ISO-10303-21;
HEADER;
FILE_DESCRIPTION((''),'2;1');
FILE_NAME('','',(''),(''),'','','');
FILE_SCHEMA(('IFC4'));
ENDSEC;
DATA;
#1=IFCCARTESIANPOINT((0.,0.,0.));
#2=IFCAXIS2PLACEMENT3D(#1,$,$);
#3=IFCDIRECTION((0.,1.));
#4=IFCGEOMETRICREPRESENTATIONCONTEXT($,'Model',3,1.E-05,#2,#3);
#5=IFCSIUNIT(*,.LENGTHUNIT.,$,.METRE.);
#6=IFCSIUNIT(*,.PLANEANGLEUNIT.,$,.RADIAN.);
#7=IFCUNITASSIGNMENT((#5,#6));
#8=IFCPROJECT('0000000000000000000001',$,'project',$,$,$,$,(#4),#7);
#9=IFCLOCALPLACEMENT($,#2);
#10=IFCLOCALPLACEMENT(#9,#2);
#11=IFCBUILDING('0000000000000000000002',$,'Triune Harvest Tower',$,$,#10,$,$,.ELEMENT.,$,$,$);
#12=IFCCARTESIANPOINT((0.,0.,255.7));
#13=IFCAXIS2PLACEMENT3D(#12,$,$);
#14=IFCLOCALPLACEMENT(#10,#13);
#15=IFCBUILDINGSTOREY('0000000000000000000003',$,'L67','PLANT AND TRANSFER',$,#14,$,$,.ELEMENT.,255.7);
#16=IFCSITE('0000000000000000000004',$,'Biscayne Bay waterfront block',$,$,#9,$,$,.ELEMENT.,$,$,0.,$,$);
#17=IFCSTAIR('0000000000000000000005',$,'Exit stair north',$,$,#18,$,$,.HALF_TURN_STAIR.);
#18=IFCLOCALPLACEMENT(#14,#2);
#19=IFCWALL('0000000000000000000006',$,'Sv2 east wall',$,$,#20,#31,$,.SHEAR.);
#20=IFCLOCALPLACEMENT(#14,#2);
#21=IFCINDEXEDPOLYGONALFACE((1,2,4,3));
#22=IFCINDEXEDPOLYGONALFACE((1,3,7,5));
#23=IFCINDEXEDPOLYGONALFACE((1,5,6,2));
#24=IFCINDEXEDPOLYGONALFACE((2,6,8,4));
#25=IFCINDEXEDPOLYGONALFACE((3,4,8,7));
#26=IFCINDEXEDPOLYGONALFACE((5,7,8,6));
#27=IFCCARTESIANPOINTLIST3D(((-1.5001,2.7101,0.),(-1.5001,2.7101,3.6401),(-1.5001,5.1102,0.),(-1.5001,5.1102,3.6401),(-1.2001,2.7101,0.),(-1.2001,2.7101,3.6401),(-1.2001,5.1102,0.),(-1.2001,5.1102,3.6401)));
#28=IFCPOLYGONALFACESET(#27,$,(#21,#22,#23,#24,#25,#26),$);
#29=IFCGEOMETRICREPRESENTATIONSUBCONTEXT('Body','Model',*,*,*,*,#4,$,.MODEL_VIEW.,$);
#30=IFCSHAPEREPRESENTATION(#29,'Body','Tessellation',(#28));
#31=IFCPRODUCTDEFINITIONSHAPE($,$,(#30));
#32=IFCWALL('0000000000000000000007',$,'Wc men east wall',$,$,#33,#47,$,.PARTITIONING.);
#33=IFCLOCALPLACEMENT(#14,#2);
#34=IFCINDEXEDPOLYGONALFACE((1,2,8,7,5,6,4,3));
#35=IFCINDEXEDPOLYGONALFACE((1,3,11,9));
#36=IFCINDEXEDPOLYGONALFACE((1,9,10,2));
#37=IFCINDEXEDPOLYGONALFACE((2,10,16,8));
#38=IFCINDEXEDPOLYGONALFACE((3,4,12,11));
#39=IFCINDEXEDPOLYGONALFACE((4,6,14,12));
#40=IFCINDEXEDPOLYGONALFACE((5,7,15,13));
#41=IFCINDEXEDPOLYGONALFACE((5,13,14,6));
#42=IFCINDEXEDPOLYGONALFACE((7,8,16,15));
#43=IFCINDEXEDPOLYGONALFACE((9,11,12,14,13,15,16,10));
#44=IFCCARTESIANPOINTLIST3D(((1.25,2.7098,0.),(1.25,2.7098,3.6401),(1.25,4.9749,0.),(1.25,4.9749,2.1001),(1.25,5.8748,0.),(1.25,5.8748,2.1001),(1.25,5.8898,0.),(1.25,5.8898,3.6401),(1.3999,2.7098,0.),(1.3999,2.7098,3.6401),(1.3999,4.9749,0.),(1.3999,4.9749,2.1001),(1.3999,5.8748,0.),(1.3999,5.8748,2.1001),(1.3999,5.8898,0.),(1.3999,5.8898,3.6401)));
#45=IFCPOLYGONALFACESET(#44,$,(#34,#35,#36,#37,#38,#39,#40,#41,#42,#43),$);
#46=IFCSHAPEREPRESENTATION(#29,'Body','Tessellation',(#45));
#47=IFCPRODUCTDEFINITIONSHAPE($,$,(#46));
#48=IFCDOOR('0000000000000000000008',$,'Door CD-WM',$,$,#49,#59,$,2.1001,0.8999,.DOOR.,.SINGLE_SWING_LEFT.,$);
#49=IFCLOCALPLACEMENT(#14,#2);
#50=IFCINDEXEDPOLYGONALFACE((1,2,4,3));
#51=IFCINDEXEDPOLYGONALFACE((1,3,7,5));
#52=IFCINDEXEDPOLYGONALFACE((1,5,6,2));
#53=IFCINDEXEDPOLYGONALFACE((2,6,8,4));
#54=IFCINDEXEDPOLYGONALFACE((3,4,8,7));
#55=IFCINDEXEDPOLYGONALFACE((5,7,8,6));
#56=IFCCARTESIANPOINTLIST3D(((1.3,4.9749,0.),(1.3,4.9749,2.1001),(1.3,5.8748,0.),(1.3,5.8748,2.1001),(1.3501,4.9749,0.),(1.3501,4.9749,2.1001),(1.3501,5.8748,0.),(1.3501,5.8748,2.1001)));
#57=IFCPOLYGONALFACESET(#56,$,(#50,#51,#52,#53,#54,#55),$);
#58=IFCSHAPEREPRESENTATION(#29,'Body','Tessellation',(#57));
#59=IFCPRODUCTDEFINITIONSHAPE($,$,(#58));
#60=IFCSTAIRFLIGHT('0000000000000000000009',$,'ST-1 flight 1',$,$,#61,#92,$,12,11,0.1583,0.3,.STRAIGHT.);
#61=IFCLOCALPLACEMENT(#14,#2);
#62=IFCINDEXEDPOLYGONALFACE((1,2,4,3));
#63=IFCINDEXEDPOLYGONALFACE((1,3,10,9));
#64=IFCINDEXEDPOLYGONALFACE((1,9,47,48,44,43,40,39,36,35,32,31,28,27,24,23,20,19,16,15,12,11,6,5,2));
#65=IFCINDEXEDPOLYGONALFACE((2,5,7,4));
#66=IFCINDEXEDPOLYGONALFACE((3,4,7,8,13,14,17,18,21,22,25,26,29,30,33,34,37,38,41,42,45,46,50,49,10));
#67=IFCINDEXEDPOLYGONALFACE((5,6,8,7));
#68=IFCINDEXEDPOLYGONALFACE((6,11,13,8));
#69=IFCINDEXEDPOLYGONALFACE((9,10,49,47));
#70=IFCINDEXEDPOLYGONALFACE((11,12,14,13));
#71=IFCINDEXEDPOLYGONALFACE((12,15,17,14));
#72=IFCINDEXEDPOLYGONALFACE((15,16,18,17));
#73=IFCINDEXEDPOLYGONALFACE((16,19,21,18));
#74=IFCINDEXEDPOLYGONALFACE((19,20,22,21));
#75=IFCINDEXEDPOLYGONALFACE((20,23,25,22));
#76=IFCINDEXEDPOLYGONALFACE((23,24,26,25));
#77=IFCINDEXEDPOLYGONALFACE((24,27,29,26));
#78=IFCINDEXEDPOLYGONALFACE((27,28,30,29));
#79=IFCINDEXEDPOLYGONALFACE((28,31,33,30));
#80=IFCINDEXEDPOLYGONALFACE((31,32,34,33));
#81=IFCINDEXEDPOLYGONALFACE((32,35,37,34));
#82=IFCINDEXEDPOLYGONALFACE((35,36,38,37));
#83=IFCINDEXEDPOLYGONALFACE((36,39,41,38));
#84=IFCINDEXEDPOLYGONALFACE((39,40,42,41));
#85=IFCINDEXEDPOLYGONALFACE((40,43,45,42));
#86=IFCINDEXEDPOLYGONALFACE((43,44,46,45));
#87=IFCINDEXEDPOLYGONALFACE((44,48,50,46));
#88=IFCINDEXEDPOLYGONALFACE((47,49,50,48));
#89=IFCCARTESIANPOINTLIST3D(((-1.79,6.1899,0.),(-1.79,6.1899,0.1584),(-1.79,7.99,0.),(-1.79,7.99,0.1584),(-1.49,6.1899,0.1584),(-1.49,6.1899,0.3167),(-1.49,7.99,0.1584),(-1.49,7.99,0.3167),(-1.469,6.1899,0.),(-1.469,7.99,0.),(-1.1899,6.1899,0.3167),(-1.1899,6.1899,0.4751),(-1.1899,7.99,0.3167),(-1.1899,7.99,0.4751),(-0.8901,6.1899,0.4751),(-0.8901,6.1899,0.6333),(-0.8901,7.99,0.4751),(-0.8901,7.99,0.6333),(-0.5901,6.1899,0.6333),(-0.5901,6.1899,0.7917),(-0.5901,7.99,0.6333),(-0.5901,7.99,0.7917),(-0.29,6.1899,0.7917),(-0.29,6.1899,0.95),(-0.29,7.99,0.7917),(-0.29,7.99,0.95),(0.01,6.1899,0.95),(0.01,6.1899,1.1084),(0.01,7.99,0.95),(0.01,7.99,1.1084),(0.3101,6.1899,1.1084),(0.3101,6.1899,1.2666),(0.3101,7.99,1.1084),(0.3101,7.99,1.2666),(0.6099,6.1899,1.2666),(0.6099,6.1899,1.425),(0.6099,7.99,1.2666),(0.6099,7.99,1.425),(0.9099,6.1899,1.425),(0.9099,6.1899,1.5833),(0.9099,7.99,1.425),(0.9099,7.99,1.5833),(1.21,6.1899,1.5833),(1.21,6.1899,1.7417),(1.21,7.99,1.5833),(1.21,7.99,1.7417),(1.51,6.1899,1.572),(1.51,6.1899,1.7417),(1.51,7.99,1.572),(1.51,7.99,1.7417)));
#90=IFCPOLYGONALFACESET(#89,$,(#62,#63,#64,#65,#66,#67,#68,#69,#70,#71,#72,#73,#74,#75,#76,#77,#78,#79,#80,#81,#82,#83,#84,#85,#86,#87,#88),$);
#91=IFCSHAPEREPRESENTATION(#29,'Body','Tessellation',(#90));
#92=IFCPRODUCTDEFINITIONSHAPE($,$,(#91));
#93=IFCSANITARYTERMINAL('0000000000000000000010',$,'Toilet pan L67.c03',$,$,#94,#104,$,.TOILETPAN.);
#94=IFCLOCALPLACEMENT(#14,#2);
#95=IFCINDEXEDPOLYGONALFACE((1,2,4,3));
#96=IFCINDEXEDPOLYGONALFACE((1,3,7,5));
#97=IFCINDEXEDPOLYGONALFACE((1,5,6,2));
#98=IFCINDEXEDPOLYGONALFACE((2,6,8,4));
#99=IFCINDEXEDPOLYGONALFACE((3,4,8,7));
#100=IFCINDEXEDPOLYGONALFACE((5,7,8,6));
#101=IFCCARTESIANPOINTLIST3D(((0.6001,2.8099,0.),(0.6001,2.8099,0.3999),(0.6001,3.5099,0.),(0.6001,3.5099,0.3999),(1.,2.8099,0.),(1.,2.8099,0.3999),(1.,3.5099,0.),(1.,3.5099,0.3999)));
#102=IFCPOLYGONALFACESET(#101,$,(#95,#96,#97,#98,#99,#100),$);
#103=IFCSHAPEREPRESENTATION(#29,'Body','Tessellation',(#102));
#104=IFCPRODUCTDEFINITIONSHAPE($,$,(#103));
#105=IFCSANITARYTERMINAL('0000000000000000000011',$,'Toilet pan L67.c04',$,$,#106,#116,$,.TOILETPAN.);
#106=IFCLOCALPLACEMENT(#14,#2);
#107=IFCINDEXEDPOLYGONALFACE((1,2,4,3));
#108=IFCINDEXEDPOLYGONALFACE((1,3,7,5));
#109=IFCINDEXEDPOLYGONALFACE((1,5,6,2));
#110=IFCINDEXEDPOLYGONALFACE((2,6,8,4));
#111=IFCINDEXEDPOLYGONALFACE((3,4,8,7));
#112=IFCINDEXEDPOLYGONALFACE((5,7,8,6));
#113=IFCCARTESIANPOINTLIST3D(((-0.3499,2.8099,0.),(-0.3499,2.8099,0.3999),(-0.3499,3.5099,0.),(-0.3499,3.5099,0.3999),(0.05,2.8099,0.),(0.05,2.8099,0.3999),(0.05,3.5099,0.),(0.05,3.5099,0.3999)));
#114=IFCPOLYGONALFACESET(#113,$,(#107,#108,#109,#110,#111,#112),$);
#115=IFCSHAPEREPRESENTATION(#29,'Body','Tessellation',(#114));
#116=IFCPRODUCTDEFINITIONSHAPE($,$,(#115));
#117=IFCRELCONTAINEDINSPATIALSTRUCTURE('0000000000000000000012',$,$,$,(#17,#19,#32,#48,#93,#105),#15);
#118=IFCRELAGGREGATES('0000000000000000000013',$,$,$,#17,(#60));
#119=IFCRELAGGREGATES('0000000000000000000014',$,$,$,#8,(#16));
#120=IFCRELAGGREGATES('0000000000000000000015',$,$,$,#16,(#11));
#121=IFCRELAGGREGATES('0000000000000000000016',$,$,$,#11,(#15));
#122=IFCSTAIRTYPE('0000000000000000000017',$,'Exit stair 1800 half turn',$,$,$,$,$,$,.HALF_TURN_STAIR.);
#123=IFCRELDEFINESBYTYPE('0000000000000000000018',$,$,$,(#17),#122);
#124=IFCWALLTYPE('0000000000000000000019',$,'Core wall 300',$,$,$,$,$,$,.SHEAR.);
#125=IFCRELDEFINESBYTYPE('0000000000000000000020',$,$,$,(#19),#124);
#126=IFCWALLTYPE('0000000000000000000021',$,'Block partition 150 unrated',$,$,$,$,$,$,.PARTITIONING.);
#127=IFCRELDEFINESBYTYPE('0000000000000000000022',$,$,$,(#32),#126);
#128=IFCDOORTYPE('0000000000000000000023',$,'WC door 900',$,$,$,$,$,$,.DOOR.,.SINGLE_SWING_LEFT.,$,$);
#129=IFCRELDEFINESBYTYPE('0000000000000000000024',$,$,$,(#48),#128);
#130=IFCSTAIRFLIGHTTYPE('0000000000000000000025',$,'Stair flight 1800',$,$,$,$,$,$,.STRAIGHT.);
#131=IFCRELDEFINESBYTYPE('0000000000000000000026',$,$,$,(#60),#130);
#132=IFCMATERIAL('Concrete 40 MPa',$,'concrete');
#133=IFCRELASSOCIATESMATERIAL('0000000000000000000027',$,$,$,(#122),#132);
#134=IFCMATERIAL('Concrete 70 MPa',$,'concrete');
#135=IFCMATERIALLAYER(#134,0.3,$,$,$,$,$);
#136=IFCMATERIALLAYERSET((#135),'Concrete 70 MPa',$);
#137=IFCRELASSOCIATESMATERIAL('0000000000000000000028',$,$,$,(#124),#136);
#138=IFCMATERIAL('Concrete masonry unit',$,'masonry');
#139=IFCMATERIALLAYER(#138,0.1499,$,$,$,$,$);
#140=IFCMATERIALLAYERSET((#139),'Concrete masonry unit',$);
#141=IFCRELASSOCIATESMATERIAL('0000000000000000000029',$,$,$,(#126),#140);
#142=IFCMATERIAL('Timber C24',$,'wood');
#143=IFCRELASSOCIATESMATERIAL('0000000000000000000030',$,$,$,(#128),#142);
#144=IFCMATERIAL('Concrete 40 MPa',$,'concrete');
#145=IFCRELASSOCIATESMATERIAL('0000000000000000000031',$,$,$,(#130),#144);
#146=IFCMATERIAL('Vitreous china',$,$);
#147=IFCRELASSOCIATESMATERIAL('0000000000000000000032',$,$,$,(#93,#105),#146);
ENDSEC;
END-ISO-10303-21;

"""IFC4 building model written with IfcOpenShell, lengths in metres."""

from ifc_helpers import new_model, si_unit, direction, frame, frame_2d, origin, origin_2d, place, context, subcontext, project, spatial, polyline, rectangle, outline, extrude, source, transform, mapped, material, layer, layer_set, type_object, element, fill, aggregate, save


model = new_model("IFC4")

# Units and contexts
model_context = context("Model", 3, precision=1e-05, world=origin(), true_north=direction((0.0, 1.0)))
body_context = subcontext(model_context, "Body", "Model", "MODEL_VIEW")
ifc_project = project(units=[si_unit("LENGTHUNIT", "METRE"), si_unit("PLANEANGLEUNIT", "RADIAN")], contexts=[model_context])

# Site, building, storey
site_placement = place(None, origin())
site = spatial("IfcSite", under=ifc_project, at=site_placement, Name="Biscayne Bay waterfront block", CompositionType="ELEMENT", RefElevation=0.0)
building_placement = place(site_placement, origin())
building = spatial("IfcBuilding", under=site, at=building_placement, Name="Triune Harvest Tower", CompositionType="ELEMENT")
storey_placement = place(building_placement, frame((0.0, 0.0, 255.7)))
storey = spatial("IfcBuildingStorey", under=building, at=storey_placement, Name="L67", Description="PLANT AND TRANSFER", CompositionType="ELEMENT", Elevation=255.7)

# Stair
ifc_material_1 = material(Name="Concrete 40 MPa", Category="concrete")
stair_type = type_object("IfcStairType", Name="Exit stair 1800 half turn", PredefinedType="HALF_TURN_STAIR", material=ifc_material_1)
stair_1_placement = place(storey_placement, origin())
stair_1 = element("IfcStair", 1, at=stair_1_placement, inside=storey, type_object=stair_type, Name="Exit stair north", PredefinedType="HALF_TURN_STAIR")

# Wall
ifc_material_2 = material(Name="Concrete 70 MPa", Category="concrete")
ifc_layer_1 = layer(ifc_material_2, 0.3)
ifc_layer_set_1 = layer_set([ifc_layer_1], Name="Concrete 70 MPa")
wall_type_1 = type_object("IfcWallType", Name="Core wall 300", PredefinedType="SHEAR", material=ifc_layer_set_1)
shared_shape_1 = source(origin(), body_context, "Body", "SweptSolid", [
    extrude(rectangle(XDim=2.4001, YDim=0.3, at=frame_2d((1.2002, 0.0))), origin(), (0.0, 0.0, 1.0), 3.6401),
])
wall_1_placement = place(storey_placement, frame((-1.3501, 2.71, 0.0), z_axis=(0.0, 0.0, 1.0), x_axis=(0.0, 1.0, 0.0)))
element("IfcWall", 2, at=wall_1_placement, inside=storey, type_object=wall_type_1, Name="Sv2 east wall", PredefinedType="SHEAR", context=body_context, shape_type="MappedRepresentation", body=[
    mapped(shared_shape_1, transform((0.0, 0.0, 0.0), scale=1.0)),
])

# Wall, opening, door
ifc_material_3 = material(Name="Concrete masonry unit", Category="masonry")
ifc_layer_2 = layer(ifc_material_3, 0.1499)
ifc_layer_set_2 = layer_set([ifc_layer_2], Name="Concrete masonry unit")
wall_type_2 = type_object("IfcWallType", Name="Block partition 150 unrated", PredefinedType="PARTITIONING", material=ifc_layer_set_2)
shared_shape_2 = source(origin(), body_context, "Body", "SweptSolid", [
    extrude(rectangle(XDim=3.1799, YDim=0.1499, at=frame_2d((1.5898, 0.0))), origin(), (0.0, 0.0, 1.0), 3.6401),
])
wall_2_placement = place(storey_placement, frame((1.325, 2.71, 0.0), z_axis=(0.0, 0.0, 1.0), x_axis=(0.0, 1.0, 0.0)))
wall_2 = element("IfcWall", 3, at=wall_2_placement, inside=storey, type_object=wall_type_2, Name="Wc men east wall", PredefinedType="PARTITIONING", context=body_context, shape_type="MappedRepresentation", body=[
    mapped(shared_shape_2, transform((0.0, 0.0, 0.0), scale=1.0)),
])
opening_placement = place(wall_2_placement, frame((2.2649, 0.0, 0.0)))
opening = element("IfcOpeningElement", 4, at=opening_placement, cuts=wall_2, PredefinedType="OPENING", context=body_context, shape_type="SweptSolid", body=[
    extrude(rectangle(XDim=0.8999, YDim=2.1001, at=frame_2d((0.45, 1.05))), frame((0.0, 0.085, 0.0), z_axis=(0.0, -1.0, 0.0), x_axis=(1.0, 0.0, 0.0)), (0.0, 0.0, 1.0), 0.1699),
])
ifc_material_4 = material(Name="Timber C24", Category="wood")
door_type = type_object("IfcDoorType", Name="WC door 900", OperationType="SINGLE_SWING_LEFT", PredefinedType="DOOR", material=ifc_material_4)
door_placement = place(opening_placement, origin())
door = element("IfcDoor", 5, at=door_placement, inside=storey, type_object=door_type, Name="Door CD-WM", OperationType="SINGLE_SWING_LEFT", OverallHeight=2.1001, OverallWidth=0.8999, PredefinedType="DOOR", context=body_context, shape_type="SweptSolid", body=[
    extrude(rectangle(XDim=0.8999, YDim=2.1001, at=frame_2d((0.45, 1.05))), frame((0.0, 0.0249, 0.0), z_axis=(0.0, -1.0, 0.0), x_axis=(1.0, 0.0, 0.0)), (0.0, 0.0, 1.0), 0.05),
])
fill(opening, door)

# Stair flight
ifc_material_5 = material(Name="Concrete 40 MPa", Category="concrete")
stair_flight_type = type_object("IfcStairFlightType", Name="Stair flight 1800", PredefinedType="STRAIGHT", material=ifc_material_5)
shared_shape_3 = source(origin(), body_context, "Body", "SweptSolid", [
    extrude(outline(polyline([(0.0, 0.0), (0.0, 0.1584), (0.3, 0.1584), (0.3, 0.3167), (0.6001, 0.3167), (0.6001, 0.4751), (0.8999, 0.4751), (0.8999, 0.6333), (1.2, 0.6333), (1.2, 0.7917), (1.5, 0.7917), (1.5, 0.95), (1.8, 0.95), (1.8, 1.1084), (2.1001, 1.1084), (2.1001, 1.2666), (2.3999, 1.2666), (2.3999, 1.425), (2.7, 1.425), (2.7, 1.5833), (3.0, 1.5833), (3.0, 1.7417), (3.3, 1.7417), (3.3, 1.8999), (3.3, 1.572), (0.321, 0.0), (0.0, 0.0)])), frame((0.0, 0.8999, 0.0), z_axis=(0.0, -1.0, 0.0), x_axis=(1.0, 0.0, 0.0)), (0.0, 0.0, 1.0), 1.8),
])
stair_flight_placement = place(storey_placement, frame((-1.79, 7.0901, 0.0), z_axis=(0.0, 0.0, 1.0), x_axis=(1.0, 0.0, 0.0)))
stair_flight = element("IfcStairFlight", 6, at=stair_flight_placement, type_object=stair_flight_type, Name="ST-1 flight 1", NumberOfRisers=12, NumberOfTreads=11, PredefinedType="STRAIGHT", RiserHeight=0.1583, TreadLength=0.3, context=body_context, shape_type="MappedRepresentation", body=[
    mapped(shared_shape_3, transform((0.0, 0.0, 0.0), scale=1.0)),
])
aggregate(stair_1, [stair_flight])

# Sanitary terminals
ifc_material_6 = material(Name="Vitreous china")
shared_shape_4 = source(origin(), body_context, "Body", "SweptSolid", [
    extrude(rectangle(XDim=0.3999, YDim=0.7, at=origin_2d()), origin(), (0.0, 0.0, 1.0), 0.3999),
])
for number, where, z_axis, x_axis, name in (
    (7, (0.8, 3.1599, 0.0), (0.0, 0.0, 1.0), (-1.0, 0.0, 0.0), "Toilet pan L67.c03"),
    (8, (-0.1499, 3.1599, 0.0), (0.0, 0.0, 1.0), (-1.0, 0.0, 0.0), "Toilet pan L67.c04"),
):
    element("IfcSanitaryTerminal", number, at=place(storey_placement, frame(where, z_axis=z_axis, x_axis=x_axis)), inside=storey, material=ifc_material_6, Name=name, PredefinedType="TOILETPAN", context=body_context, shape_type="MappedRepresentation", body=[
        mapped(shared_shape_4, transform((0.0, 0.0, 0.0), scale=1.0)),
    ])

save(model, "model.ifc")
